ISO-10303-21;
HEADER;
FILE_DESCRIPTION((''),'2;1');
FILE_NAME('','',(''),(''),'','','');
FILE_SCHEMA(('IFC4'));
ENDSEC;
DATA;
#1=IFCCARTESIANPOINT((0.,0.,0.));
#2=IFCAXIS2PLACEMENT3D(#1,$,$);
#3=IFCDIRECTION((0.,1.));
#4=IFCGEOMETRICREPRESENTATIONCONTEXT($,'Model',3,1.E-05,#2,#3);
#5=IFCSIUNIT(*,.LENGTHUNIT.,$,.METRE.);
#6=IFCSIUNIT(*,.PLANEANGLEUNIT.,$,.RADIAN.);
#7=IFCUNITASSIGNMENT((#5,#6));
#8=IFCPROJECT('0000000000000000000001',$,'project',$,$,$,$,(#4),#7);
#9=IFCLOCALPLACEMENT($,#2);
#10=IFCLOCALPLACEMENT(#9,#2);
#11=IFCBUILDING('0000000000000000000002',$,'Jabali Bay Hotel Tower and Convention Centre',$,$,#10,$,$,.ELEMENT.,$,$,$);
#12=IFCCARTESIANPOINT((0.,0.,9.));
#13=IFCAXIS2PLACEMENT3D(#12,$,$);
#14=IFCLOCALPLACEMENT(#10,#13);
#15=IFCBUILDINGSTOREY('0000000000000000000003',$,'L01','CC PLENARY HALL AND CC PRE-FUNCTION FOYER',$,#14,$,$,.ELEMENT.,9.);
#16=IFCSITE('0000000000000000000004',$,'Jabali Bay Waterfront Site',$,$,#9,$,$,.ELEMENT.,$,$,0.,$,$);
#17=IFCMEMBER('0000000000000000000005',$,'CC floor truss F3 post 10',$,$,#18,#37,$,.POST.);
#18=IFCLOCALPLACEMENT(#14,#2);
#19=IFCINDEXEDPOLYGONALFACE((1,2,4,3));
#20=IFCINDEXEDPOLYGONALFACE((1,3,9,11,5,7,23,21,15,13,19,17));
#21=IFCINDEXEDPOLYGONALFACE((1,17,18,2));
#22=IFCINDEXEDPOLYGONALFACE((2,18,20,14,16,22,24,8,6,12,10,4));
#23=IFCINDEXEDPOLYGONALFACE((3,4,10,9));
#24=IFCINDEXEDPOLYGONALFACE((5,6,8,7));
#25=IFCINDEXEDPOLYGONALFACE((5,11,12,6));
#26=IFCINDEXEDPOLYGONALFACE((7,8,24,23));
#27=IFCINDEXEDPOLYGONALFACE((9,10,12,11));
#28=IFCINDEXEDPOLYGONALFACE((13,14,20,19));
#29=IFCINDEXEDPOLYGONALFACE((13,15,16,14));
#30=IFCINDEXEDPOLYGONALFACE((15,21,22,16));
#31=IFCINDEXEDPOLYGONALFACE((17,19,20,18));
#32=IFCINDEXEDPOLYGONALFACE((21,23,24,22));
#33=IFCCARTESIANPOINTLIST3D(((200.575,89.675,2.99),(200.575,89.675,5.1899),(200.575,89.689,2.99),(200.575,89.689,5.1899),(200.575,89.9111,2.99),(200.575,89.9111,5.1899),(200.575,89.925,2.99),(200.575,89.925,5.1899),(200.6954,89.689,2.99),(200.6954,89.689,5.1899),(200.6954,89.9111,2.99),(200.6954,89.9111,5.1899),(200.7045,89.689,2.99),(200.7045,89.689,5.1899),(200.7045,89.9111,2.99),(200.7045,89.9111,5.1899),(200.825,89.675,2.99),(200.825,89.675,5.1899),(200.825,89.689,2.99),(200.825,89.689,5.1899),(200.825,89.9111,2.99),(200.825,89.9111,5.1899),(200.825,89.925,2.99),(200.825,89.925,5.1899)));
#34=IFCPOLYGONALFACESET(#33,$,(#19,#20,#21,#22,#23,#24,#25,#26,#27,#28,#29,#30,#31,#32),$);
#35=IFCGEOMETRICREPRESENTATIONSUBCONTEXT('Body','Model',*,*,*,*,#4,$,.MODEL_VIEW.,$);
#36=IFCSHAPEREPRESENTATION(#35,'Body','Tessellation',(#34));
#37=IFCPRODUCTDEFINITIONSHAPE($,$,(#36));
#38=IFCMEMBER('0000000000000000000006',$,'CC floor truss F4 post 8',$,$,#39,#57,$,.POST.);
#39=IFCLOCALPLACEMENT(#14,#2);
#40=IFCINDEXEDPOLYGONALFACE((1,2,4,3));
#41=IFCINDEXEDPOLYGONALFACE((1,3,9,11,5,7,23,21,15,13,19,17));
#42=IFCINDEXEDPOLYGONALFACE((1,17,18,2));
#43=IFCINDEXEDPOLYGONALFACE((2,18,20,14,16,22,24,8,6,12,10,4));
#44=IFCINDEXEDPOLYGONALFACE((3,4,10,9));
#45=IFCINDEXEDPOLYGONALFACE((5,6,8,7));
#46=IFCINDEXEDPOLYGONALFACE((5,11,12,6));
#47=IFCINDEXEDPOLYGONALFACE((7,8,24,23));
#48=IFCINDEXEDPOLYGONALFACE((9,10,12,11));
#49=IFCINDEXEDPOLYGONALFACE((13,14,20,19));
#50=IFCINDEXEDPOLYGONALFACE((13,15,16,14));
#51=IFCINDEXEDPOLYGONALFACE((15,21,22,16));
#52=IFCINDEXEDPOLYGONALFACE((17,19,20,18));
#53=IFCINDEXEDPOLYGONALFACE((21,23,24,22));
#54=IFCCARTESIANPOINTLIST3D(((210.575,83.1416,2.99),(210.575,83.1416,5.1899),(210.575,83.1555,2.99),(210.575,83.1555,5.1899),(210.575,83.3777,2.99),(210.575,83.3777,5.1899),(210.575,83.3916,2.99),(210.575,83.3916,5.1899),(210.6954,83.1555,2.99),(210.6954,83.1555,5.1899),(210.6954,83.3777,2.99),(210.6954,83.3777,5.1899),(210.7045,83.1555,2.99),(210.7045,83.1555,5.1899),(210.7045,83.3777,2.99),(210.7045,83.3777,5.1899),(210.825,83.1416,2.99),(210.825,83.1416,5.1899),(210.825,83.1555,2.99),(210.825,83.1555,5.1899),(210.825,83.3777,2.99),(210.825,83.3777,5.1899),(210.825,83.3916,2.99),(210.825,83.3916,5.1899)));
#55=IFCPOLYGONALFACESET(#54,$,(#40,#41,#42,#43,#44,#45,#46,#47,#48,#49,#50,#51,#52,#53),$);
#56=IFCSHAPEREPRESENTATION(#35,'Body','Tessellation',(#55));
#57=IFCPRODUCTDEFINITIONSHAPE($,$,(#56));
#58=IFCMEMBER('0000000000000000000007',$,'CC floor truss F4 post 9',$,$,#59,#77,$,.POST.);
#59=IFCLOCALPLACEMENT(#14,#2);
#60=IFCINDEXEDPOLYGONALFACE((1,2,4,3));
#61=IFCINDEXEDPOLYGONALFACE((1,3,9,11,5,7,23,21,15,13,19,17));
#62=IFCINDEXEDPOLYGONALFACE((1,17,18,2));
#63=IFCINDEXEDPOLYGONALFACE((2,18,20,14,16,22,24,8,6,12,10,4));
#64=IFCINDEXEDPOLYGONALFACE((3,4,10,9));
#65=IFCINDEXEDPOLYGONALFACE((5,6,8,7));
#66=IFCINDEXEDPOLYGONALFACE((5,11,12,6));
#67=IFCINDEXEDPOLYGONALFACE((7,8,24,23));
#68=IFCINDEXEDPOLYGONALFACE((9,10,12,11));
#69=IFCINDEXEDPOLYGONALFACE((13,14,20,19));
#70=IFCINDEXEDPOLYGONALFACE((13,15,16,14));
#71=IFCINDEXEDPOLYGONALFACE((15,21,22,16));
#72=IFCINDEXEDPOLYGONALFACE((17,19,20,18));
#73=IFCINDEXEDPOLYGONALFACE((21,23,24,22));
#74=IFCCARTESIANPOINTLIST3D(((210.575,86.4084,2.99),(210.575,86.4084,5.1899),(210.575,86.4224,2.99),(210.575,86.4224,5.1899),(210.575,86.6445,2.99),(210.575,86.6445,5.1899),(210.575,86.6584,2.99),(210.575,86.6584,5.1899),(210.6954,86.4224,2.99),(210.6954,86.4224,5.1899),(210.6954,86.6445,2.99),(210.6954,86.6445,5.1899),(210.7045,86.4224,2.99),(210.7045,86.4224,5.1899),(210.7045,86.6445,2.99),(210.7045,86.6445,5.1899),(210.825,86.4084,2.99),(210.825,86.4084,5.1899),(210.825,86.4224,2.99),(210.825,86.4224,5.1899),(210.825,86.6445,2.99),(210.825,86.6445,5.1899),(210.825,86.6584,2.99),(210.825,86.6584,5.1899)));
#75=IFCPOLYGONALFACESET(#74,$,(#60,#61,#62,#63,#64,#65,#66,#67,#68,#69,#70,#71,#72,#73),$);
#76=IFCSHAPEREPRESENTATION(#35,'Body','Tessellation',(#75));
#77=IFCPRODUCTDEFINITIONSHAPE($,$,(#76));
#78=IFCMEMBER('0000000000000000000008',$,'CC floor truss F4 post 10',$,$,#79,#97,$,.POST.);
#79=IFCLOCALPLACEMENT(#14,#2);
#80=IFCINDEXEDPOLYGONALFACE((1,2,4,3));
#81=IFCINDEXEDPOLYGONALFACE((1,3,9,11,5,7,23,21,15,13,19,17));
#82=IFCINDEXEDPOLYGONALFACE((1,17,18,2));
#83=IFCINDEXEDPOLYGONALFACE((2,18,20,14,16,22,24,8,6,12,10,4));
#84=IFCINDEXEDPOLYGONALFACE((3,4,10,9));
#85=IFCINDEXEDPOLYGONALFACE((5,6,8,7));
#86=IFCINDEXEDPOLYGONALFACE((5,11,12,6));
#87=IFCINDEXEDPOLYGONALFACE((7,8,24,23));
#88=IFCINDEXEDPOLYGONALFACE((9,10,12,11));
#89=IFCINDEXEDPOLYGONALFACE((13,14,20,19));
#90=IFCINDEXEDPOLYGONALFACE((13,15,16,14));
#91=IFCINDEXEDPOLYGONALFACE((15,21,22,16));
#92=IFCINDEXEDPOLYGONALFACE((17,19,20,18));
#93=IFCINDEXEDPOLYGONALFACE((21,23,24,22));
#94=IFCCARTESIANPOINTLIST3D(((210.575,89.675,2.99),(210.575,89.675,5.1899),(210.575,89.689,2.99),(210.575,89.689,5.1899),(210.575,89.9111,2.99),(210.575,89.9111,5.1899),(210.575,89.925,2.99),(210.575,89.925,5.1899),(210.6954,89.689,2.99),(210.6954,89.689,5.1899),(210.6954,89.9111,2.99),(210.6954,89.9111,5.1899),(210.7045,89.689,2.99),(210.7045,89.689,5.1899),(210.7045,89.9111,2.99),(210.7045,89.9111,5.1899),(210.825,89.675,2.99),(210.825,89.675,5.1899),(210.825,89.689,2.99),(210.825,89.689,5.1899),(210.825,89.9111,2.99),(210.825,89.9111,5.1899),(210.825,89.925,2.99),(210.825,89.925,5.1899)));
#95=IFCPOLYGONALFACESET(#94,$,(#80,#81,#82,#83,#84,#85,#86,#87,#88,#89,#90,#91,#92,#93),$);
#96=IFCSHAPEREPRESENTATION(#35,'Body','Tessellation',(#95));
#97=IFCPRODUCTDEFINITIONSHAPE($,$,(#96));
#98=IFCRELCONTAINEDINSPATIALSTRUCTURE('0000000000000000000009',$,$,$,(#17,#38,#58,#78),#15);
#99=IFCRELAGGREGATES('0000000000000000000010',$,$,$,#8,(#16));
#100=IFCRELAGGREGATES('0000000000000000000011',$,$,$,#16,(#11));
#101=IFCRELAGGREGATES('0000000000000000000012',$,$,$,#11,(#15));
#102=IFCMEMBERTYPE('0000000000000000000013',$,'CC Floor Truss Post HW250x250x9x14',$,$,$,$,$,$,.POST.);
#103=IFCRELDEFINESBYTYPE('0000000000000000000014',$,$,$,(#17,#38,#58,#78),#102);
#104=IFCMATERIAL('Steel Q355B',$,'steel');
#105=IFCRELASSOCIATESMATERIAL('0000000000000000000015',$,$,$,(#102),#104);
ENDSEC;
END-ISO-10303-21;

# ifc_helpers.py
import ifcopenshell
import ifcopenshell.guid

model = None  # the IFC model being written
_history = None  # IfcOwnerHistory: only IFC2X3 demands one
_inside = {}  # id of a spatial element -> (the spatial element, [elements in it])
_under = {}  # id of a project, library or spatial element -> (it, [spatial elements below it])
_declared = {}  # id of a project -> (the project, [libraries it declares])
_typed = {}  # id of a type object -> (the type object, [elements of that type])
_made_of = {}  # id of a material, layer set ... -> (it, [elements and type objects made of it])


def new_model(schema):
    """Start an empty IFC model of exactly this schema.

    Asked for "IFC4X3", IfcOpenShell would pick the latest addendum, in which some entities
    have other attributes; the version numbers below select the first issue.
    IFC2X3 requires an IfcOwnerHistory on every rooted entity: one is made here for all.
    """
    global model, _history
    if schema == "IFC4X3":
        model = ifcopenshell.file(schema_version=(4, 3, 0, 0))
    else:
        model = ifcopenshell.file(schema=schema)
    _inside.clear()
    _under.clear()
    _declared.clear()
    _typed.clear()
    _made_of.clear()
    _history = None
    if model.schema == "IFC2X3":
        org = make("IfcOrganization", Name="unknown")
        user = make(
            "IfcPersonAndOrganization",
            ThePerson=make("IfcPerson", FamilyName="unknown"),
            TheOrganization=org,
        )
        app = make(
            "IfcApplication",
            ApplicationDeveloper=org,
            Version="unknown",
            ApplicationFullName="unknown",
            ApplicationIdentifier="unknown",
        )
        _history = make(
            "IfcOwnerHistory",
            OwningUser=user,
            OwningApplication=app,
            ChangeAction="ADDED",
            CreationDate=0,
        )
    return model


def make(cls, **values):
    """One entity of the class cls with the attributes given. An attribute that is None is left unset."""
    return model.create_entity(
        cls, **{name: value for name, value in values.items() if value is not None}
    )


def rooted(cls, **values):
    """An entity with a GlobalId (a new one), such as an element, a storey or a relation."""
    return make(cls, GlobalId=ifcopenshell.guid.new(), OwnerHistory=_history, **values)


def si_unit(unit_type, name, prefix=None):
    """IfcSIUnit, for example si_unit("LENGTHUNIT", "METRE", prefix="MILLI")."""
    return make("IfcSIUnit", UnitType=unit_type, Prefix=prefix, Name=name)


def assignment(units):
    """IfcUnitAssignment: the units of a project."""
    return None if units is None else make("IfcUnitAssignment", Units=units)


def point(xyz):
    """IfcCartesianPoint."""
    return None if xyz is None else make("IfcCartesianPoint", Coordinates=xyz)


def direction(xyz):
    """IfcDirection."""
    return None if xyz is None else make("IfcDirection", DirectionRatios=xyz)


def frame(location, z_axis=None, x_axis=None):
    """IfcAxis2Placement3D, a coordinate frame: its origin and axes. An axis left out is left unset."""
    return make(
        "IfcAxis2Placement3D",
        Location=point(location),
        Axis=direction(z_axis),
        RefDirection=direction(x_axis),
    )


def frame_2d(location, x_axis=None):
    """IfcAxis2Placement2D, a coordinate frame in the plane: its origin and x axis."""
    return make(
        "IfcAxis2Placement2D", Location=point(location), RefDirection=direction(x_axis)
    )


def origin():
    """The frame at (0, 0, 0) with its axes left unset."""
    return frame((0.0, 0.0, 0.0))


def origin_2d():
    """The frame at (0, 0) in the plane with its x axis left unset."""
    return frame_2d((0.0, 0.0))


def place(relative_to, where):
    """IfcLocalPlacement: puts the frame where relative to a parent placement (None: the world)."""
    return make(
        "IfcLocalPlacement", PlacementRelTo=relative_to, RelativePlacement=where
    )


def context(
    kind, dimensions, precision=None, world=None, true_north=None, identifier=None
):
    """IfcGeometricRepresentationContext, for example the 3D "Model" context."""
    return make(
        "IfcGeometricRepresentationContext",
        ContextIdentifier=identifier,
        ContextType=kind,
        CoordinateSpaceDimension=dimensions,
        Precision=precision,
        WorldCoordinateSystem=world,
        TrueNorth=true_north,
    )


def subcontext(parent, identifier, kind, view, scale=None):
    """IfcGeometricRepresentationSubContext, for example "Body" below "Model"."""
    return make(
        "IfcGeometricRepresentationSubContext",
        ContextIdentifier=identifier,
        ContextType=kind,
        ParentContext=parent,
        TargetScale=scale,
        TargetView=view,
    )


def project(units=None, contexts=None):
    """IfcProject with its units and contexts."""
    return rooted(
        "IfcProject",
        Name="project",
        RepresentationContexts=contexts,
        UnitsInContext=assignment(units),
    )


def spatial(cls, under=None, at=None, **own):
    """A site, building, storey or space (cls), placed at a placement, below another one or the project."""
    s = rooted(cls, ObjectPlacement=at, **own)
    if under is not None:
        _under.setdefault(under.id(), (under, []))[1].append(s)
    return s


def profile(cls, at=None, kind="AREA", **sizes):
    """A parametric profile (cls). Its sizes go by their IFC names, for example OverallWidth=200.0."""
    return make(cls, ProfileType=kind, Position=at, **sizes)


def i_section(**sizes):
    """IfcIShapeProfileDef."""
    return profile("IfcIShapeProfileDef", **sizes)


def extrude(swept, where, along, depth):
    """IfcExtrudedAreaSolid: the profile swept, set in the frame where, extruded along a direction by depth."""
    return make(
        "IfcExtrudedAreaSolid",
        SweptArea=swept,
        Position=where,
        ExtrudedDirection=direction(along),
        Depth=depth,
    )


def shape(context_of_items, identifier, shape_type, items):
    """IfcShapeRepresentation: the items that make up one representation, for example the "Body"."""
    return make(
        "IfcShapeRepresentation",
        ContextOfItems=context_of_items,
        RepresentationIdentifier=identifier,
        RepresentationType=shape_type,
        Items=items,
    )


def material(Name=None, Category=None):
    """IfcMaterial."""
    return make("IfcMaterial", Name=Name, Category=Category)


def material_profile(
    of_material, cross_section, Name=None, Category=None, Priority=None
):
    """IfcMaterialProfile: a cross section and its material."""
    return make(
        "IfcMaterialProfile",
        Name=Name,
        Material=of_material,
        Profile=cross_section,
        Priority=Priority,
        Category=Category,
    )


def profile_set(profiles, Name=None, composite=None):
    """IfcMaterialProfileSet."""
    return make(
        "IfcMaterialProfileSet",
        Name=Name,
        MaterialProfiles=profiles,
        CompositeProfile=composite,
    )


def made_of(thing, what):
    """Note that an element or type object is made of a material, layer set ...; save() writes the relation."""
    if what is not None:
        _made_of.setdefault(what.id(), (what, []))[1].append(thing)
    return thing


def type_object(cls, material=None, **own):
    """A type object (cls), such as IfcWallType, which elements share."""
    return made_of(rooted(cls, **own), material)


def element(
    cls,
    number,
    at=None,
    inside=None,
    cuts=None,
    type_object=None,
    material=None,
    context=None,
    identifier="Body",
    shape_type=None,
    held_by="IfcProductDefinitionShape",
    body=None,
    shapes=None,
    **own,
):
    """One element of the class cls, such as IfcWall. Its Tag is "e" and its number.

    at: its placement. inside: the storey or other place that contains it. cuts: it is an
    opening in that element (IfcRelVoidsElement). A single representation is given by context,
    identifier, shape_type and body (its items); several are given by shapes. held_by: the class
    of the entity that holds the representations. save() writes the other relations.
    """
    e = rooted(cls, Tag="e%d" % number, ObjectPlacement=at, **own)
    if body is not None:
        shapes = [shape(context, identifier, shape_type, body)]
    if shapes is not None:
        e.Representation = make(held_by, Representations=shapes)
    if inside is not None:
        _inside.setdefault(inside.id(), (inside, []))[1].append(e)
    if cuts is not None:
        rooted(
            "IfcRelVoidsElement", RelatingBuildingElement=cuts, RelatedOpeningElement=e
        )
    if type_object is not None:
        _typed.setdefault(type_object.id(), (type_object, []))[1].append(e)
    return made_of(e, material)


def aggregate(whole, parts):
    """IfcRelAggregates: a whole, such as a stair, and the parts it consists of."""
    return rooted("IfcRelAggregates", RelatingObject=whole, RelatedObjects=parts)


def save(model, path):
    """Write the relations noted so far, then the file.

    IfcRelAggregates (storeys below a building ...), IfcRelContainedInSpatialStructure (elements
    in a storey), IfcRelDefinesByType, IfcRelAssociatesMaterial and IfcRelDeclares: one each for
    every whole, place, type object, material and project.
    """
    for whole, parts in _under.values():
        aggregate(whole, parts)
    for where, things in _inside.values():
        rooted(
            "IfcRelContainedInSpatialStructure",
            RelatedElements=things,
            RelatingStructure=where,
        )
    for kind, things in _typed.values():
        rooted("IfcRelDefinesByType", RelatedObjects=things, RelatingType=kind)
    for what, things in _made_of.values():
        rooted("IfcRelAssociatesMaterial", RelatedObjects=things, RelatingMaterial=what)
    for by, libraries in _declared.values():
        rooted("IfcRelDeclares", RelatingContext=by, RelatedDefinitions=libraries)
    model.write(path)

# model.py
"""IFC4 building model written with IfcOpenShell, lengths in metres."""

from ifc_helpers import new_model, si_unit, direction, frame, origin, origin_2d, place, context, subcontext, project, spatial, i_section, extrude, material, material_profile, profile_set, type_object, element, save


model = new_model("IFC4")

# Units and contexts
model_context = context("Model", 3, precision=1e-05, world=origin(), true_north=direction((0.0, 1.0)))
body_context = subcontext(model_context, "Body", "Model", "MODEL_VIEW")
ifc_project = project(units=[si_unit("LENGTHUNIT", "METRE"), si_unit("PLANEANGLEUNIT", "RADIAN")], contexts=[model_context])

# Site, building, storey
site_placement = place(None, origin())
site = spatial("IfcSite", under=ifc_project, at=site_placement, Name="Jabali Bay Waterfront Site", CompositionType="ELEMENT", RefElevation=0.0)
building_placement = place(site_placement, origin())
building = spatial("IfcBuilding", under=site, at=building_placement, Name="Jabali Bay Hotel Tower and Convention Centre", CompositionType="ELEMENT")
storey_placement = place(building_placement, frame((0.0, 0.0, 9.0)))
storey = spatial("IfcBuildingStorey", under=building, at=storey_placement, Name="L01", Description="CC PLENARY HALL AND CC PRE-FUNCTION FOYER", CompositionType="ELEMENT", Elevation=9.0)

# Members
ifc_material = material(Name="Steel Q355B", Category="steel")
ifc_material_profile_1 = material_profile(ifc_material, i_section(OverallWidth=0.25, OverallDepth=0.25, WebThickness=0.009, FlangeThickness=0.0139, at=origin_2d()), Name="HW250x250x9x14")
ifc_profile_set_1 = profile_set([ifc_material_profile_1], Name="Steel Q355B")
member_type_1 = type_object("IfcMemberType", Name="CC Floor Truss Post HW250x250x9x14", PredefinedType="POST", material=ifc_profile_set_1)
for number, where, z_axis, x_axis, name in (
    (1, (200.7, 89.8, 2.99), (0.0, 0.0, 1.0), (1.0, 0.0, 0.0), "CC floor truss F3 post 10"),
    (2, (210.7, 83.2666, 2.99), (0.0, 0.0, 1.0), (1.0, 0.0, 0.0), "CC floor truss F4 post 8"),
    (3, (210.7, 86.5334, 2.99), (0.0, 0.0, 1.0), (1.0, 0.0, 0.0), "CC floor truss F4 post 9"),
    (4, (210.7, 89.8, 2.99), (0.0, 0.0, 1.0), (1.0, 0.0, 0.0), "CC floor truss F4 post 10"),
):
    element("IfcMember", number, at=place(storey_placement, frame(where, z_axis=z_axis, x_axis=x_axis)), inside=storey, type_object=member_type_1, Name=name, PredefinedType="POST", context=body_context, shape_type="SweptSolid", body=[
        extrude(i_section(OverallWidth=0.25, OverallDepth=0.25, WebThickness=0.009, FlangeThickness=0.0139, at=origin_2d()), origin(), (0.0, 0.0, 1.0), 2.2),
    ])

save(model, "model.ifc")
